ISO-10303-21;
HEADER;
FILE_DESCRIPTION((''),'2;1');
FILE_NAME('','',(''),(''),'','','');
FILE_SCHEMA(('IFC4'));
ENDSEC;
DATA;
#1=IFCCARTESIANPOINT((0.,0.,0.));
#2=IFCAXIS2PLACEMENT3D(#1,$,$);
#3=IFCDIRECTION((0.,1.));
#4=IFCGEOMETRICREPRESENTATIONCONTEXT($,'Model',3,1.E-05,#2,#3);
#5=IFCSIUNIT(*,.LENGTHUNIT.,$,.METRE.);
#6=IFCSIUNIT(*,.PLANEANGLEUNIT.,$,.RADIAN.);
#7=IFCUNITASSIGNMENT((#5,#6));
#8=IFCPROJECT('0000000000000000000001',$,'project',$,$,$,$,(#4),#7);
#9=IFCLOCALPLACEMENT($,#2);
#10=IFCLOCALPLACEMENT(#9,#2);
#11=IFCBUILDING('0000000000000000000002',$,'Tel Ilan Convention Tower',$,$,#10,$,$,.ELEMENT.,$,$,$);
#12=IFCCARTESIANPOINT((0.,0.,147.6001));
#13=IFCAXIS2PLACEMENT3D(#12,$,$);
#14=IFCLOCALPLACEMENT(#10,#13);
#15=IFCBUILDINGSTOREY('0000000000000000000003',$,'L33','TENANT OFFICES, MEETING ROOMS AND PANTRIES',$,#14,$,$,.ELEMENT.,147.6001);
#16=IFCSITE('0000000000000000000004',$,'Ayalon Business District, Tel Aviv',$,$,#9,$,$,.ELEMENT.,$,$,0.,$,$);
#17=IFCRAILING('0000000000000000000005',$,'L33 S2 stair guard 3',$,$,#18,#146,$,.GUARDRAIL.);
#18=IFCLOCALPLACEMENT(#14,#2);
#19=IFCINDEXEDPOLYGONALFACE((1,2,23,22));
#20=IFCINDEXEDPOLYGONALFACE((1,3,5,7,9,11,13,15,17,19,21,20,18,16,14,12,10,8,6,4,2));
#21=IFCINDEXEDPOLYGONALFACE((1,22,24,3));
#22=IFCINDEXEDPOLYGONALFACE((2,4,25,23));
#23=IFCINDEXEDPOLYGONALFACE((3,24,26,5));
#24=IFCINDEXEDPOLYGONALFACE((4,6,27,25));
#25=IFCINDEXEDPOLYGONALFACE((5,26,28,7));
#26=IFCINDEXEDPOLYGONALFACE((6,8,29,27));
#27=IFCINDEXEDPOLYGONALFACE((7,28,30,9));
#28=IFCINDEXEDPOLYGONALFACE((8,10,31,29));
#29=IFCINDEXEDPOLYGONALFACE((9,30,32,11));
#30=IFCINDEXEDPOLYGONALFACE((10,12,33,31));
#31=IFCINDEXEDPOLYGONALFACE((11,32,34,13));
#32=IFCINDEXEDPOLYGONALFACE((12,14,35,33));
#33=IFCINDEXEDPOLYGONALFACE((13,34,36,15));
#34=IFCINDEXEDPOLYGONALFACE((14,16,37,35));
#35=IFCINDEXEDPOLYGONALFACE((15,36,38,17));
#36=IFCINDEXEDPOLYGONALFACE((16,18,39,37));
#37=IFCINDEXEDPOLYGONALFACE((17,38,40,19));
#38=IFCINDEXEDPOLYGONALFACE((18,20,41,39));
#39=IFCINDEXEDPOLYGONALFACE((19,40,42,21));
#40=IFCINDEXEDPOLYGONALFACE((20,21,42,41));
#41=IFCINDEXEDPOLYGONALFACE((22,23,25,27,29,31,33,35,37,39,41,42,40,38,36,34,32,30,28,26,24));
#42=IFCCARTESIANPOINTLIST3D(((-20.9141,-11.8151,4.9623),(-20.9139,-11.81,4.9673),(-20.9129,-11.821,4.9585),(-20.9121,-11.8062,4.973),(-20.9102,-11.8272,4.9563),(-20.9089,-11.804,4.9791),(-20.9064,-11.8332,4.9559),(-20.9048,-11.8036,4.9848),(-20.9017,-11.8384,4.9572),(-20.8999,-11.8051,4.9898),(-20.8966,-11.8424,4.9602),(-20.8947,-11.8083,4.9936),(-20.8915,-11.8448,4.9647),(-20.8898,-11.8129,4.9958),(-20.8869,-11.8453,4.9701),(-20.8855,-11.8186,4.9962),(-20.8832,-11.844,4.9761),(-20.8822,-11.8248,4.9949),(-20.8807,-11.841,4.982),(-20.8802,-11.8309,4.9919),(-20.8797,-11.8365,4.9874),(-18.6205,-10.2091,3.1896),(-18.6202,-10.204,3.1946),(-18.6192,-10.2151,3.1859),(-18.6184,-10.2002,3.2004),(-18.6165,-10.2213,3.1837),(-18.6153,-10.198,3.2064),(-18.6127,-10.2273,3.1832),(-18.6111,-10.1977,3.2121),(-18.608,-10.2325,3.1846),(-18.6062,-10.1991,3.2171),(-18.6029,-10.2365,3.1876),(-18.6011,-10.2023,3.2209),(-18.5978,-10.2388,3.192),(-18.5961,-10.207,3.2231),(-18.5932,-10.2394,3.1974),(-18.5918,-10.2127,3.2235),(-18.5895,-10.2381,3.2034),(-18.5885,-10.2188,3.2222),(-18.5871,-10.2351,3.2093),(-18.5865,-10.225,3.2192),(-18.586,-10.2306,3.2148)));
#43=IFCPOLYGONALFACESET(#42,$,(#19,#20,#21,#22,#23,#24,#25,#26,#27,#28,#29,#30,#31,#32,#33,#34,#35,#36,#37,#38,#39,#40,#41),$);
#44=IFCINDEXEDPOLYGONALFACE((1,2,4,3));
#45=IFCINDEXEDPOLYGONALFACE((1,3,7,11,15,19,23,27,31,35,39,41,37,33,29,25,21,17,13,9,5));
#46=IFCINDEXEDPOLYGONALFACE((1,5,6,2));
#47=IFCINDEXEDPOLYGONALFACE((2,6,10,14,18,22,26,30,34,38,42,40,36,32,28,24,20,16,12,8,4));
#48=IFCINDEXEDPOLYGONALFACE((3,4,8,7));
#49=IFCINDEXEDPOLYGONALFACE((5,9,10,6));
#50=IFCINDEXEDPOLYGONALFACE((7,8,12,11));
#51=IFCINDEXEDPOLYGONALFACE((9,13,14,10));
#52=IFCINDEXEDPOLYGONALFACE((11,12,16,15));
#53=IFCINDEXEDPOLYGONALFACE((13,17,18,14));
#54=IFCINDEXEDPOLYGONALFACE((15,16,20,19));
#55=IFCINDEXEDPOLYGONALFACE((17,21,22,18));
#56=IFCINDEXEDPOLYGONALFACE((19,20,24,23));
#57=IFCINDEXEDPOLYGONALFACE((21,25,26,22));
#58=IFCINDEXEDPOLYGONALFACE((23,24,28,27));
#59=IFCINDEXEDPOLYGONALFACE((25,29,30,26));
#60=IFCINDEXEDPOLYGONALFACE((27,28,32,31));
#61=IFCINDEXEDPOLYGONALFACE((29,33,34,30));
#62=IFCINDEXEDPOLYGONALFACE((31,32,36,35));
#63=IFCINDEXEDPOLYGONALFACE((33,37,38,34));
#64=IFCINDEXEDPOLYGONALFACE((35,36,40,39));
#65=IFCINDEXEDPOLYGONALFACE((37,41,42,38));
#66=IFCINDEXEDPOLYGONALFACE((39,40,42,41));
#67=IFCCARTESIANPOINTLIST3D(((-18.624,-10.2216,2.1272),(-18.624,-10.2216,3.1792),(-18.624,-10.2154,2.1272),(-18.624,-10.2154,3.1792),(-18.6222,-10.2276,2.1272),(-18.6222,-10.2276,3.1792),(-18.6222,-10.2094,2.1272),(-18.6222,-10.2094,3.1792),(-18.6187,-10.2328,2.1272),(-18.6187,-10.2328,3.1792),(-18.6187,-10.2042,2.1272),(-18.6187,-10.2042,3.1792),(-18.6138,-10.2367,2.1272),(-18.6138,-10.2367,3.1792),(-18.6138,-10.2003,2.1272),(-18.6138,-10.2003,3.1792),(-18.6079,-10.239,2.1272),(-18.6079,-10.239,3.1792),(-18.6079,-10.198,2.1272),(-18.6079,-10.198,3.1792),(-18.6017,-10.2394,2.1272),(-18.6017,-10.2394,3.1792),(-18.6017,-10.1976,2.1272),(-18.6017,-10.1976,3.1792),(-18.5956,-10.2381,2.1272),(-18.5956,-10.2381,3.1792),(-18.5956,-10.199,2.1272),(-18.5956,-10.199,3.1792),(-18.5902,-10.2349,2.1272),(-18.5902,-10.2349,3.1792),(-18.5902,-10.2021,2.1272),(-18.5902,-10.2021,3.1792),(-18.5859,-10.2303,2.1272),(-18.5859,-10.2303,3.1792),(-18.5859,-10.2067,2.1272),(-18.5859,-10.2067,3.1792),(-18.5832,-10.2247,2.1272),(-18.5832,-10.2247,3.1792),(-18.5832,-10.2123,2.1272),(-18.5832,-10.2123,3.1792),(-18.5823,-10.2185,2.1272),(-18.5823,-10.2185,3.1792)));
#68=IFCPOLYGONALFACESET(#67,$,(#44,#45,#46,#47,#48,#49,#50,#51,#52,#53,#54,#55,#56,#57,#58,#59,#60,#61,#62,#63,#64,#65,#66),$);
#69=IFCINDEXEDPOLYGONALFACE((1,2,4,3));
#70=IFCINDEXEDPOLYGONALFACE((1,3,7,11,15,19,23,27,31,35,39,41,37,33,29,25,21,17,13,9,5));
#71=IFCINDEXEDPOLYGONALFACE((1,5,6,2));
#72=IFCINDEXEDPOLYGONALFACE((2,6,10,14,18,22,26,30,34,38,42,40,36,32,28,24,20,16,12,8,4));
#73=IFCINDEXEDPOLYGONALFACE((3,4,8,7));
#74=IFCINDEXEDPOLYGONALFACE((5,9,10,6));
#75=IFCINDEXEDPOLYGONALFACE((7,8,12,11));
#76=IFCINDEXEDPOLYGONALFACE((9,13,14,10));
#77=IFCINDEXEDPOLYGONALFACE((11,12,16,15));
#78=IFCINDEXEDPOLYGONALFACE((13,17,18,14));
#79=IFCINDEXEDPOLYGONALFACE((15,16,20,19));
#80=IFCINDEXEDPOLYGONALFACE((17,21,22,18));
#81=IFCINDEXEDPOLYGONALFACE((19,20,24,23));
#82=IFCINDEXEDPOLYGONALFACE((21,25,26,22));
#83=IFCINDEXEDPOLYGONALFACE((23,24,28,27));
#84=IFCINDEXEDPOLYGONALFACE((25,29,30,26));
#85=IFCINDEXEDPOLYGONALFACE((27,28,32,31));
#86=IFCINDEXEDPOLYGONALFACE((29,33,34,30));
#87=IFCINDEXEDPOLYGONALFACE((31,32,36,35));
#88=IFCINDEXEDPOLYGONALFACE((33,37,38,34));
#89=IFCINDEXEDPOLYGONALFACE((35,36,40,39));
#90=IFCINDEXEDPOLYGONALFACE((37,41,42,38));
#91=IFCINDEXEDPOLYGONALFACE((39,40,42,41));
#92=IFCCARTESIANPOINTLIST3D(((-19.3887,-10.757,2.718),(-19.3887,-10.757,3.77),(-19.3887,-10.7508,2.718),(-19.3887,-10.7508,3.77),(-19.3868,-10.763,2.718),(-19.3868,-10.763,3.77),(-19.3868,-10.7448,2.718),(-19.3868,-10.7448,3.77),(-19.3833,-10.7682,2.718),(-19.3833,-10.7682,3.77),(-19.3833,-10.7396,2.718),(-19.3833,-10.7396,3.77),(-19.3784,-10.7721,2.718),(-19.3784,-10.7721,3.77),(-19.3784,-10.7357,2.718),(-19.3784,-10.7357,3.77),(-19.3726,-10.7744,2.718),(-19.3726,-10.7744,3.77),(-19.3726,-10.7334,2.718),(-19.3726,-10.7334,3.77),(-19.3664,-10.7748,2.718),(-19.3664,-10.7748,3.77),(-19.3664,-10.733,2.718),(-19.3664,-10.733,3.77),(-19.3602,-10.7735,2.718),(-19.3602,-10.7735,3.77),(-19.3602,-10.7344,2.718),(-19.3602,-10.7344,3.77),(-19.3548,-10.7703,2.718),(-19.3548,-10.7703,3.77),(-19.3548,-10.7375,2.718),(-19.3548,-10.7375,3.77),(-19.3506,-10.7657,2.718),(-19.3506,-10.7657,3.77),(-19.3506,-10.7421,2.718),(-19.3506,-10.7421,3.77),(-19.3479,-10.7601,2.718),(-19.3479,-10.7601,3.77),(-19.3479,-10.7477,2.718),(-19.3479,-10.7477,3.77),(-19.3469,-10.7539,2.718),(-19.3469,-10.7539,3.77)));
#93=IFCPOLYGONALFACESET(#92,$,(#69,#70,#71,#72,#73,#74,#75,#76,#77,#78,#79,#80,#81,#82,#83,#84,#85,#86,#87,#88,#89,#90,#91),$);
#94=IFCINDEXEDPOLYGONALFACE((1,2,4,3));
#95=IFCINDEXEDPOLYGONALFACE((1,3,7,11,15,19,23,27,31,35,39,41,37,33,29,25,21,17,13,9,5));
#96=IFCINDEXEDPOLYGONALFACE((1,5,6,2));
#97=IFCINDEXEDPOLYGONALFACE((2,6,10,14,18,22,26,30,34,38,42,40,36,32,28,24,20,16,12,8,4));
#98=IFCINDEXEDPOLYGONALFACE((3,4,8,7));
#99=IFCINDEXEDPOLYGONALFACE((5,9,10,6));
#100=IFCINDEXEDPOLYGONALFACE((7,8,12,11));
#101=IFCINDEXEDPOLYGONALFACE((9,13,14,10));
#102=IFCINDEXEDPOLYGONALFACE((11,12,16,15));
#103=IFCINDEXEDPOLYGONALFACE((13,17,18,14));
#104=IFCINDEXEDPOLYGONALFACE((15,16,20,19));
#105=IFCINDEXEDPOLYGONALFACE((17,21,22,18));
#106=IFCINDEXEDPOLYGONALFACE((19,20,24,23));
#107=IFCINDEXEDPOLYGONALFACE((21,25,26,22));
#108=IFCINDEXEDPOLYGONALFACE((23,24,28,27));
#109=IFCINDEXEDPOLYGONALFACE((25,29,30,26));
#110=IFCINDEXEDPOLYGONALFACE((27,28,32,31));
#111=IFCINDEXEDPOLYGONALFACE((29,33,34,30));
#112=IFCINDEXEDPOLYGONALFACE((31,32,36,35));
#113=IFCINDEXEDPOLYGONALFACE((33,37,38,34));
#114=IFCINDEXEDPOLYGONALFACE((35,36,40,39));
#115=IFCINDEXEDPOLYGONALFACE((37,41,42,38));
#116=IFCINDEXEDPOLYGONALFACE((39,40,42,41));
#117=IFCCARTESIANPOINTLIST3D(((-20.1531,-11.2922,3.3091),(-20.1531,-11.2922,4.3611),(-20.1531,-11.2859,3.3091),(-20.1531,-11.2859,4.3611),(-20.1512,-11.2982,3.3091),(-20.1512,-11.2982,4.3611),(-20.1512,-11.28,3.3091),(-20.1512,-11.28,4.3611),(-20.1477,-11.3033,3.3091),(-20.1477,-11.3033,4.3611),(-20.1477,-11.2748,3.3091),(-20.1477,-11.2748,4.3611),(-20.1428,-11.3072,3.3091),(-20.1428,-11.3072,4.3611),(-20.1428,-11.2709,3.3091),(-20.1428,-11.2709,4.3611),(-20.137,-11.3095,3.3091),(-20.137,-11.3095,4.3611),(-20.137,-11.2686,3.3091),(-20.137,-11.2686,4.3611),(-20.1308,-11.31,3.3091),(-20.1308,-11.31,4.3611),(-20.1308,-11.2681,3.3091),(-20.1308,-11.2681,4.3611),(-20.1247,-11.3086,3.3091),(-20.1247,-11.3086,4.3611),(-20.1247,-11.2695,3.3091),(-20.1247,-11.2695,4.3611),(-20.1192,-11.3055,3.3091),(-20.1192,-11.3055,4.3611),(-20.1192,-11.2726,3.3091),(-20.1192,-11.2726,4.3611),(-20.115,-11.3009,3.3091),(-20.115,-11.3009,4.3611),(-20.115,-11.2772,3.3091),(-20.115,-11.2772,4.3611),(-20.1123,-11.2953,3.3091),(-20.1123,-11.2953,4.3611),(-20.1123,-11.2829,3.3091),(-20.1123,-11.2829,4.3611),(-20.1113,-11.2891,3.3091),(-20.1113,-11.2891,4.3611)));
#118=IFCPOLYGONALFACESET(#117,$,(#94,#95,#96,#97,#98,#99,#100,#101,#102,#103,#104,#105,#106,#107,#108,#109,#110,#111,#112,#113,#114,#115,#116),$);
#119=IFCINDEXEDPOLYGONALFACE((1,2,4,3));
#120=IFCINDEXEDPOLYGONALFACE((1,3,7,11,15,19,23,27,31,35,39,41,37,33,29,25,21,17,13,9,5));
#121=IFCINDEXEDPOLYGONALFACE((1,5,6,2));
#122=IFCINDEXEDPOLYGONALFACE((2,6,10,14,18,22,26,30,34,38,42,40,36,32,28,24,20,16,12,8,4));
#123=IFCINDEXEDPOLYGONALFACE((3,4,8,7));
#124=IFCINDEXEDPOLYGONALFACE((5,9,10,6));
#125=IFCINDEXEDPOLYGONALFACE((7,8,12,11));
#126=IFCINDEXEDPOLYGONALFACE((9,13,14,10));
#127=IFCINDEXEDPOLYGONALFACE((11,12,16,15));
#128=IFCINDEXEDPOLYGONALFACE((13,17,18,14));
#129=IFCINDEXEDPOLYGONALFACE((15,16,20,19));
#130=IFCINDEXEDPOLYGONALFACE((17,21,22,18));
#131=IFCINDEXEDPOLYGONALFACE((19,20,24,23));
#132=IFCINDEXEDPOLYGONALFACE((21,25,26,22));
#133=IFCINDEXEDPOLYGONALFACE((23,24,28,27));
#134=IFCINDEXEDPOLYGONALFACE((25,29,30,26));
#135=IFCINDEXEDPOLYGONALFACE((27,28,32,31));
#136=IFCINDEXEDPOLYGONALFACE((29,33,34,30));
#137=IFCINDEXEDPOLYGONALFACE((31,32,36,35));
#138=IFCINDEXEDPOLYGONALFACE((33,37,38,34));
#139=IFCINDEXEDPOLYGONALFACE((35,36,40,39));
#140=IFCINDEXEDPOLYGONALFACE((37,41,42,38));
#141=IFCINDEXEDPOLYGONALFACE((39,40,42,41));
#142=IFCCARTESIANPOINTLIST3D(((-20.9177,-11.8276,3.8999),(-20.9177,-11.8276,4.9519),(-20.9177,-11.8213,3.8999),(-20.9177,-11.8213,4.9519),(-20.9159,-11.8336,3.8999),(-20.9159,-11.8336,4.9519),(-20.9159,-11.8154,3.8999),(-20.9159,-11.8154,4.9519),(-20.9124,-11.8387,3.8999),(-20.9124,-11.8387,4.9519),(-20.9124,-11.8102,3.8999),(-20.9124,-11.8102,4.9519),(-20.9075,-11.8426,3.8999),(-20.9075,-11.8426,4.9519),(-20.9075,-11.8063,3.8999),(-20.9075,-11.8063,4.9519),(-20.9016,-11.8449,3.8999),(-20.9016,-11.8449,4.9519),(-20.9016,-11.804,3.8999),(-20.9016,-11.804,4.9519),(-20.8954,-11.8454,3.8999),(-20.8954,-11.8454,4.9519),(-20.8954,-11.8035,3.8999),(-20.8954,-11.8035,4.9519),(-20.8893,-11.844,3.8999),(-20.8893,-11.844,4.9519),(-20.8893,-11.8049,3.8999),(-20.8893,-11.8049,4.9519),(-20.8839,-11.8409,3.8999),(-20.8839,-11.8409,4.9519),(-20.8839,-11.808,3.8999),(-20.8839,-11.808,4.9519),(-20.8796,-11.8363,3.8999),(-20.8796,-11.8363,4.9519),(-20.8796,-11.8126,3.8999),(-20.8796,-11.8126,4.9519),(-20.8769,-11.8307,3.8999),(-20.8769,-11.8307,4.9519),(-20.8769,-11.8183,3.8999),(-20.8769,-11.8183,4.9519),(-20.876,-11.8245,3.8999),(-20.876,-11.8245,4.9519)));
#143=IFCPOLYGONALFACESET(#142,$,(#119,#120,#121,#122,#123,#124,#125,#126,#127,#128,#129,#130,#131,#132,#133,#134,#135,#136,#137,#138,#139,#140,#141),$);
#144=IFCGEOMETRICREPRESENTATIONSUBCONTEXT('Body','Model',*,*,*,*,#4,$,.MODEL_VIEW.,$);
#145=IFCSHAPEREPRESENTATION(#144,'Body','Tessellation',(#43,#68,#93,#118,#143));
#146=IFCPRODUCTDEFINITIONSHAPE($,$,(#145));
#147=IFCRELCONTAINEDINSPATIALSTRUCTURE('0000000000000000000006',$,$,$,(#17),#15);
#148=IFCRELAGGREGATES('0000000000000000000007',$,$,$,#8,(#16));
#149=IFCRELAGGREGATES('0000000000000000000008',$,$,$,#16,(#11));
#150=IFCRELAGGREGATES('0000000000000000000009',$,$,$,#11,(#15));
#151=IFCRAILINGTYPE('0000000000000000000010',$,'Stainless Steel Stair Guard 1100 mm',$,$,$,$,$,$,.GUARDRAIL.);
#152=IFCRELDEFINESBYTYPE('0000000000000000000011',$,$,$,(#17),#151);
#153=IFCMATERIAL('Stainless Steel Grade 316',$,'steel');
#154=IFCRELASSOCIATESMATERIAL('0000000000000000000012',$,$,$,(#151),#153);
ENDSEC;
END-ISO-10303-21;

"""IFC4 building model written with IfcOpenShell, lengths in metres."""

from ifc_helpers import new_model, si_unit, direction, frame, origin, origin_2d, place, context, subcontext, project, spatial, circle, extrude, material, type_object, element, save


model = new_model("IFC4")

# Units and contexts
model_context = context("Model", 3, precision=1e-05, world=origin(), true_north=direction((0.0, 1.0)))
body_context = subcontext(model_context, "Body", "Model", "MODEL_VIEW")
ifc_project = project(units=[si_unit("LENGTHUNIT", "METRE"), si_unit("PLANEANGLEUNIT", "RADIAN")], contexts=[model_context])

# Site, building, storey
site_placement = place(None, origin())
site = spatial("IfcSite", under=ifc_project, at=site_placement, Name="Ayalon Business District, Tel Aviv", CompositionType="ELEMENT", RefElevation=0.0)
building_placement = place(site_placement, origin())
building = spatial("IfcBuilding", under=site, at=building_placement, Name="Tel Ilan Convention Tower", CompositionType="ELEMENT")
storey_placement = place(building_placement, frame((0.0, 0.0, 147.6001)))
storey = spatial("IfcBuildingStorey", under=building, at=storey_placement, Name="L33", Description="TENANT OFFICES, MEETING ROOMS AND PANTRIES", CompositionType="ELEMENT", Elevation=147.6001)

# Railing
ifc_material_1 = material(Name="Stainless Steel Grade 316", Category="steel")
railing_type_1 = type_object("IfcRailingType", Name="Stainless Steel Stair Guard 1100 mm", PredefinedType="GUARDRAIL", material=ifc_material_1)
railing_1_placement = place(storey_placement, frame((-18.6033, -10.2185, 2.1272)))
element("IfcRailing", 1, at=railing_1_placement, inside=storey, type_object=railing_type_1, Name="L33 S2 stair guard 3", PredefinedType="GUARDRAIL", context=body_context, shape_type="SweptSolid", body=[
    extrude(circle(Radius=0.0239, at=origin_2d()), frame((0.0, 0.0, 1.0762), z_axis=(-0.692123, -0.484597, 0.534913), x_axis=(0.57355, -0.81917, 0.0)), (0.0, 0.0, 1.0), 3.314),
    extrude(circle(Radius=0.021, at=origin_2d()), origin(), (0.0, 0.0, 1.0), 1.052),
    extrude(circle(Radius=0.021, at=origin_2d()), frame((-0.7646, -0.5354, 0.5908)), (0.0, 0.0, 1.0), 1.052),
    extrude(circle(Radius=0.021, at=origin_2d()), frame((-1.5291, -1.0706, 1.1819)), (0.0, 0.0, 1.0), 1.052),
    extrude(circle(Radius=0.021, at=origin_2d()), frame((-2.2937, -1.606, 1.7727)), (0.0, 0.0, 1.0), 1.052),
])

save(model, "model.ifc")
